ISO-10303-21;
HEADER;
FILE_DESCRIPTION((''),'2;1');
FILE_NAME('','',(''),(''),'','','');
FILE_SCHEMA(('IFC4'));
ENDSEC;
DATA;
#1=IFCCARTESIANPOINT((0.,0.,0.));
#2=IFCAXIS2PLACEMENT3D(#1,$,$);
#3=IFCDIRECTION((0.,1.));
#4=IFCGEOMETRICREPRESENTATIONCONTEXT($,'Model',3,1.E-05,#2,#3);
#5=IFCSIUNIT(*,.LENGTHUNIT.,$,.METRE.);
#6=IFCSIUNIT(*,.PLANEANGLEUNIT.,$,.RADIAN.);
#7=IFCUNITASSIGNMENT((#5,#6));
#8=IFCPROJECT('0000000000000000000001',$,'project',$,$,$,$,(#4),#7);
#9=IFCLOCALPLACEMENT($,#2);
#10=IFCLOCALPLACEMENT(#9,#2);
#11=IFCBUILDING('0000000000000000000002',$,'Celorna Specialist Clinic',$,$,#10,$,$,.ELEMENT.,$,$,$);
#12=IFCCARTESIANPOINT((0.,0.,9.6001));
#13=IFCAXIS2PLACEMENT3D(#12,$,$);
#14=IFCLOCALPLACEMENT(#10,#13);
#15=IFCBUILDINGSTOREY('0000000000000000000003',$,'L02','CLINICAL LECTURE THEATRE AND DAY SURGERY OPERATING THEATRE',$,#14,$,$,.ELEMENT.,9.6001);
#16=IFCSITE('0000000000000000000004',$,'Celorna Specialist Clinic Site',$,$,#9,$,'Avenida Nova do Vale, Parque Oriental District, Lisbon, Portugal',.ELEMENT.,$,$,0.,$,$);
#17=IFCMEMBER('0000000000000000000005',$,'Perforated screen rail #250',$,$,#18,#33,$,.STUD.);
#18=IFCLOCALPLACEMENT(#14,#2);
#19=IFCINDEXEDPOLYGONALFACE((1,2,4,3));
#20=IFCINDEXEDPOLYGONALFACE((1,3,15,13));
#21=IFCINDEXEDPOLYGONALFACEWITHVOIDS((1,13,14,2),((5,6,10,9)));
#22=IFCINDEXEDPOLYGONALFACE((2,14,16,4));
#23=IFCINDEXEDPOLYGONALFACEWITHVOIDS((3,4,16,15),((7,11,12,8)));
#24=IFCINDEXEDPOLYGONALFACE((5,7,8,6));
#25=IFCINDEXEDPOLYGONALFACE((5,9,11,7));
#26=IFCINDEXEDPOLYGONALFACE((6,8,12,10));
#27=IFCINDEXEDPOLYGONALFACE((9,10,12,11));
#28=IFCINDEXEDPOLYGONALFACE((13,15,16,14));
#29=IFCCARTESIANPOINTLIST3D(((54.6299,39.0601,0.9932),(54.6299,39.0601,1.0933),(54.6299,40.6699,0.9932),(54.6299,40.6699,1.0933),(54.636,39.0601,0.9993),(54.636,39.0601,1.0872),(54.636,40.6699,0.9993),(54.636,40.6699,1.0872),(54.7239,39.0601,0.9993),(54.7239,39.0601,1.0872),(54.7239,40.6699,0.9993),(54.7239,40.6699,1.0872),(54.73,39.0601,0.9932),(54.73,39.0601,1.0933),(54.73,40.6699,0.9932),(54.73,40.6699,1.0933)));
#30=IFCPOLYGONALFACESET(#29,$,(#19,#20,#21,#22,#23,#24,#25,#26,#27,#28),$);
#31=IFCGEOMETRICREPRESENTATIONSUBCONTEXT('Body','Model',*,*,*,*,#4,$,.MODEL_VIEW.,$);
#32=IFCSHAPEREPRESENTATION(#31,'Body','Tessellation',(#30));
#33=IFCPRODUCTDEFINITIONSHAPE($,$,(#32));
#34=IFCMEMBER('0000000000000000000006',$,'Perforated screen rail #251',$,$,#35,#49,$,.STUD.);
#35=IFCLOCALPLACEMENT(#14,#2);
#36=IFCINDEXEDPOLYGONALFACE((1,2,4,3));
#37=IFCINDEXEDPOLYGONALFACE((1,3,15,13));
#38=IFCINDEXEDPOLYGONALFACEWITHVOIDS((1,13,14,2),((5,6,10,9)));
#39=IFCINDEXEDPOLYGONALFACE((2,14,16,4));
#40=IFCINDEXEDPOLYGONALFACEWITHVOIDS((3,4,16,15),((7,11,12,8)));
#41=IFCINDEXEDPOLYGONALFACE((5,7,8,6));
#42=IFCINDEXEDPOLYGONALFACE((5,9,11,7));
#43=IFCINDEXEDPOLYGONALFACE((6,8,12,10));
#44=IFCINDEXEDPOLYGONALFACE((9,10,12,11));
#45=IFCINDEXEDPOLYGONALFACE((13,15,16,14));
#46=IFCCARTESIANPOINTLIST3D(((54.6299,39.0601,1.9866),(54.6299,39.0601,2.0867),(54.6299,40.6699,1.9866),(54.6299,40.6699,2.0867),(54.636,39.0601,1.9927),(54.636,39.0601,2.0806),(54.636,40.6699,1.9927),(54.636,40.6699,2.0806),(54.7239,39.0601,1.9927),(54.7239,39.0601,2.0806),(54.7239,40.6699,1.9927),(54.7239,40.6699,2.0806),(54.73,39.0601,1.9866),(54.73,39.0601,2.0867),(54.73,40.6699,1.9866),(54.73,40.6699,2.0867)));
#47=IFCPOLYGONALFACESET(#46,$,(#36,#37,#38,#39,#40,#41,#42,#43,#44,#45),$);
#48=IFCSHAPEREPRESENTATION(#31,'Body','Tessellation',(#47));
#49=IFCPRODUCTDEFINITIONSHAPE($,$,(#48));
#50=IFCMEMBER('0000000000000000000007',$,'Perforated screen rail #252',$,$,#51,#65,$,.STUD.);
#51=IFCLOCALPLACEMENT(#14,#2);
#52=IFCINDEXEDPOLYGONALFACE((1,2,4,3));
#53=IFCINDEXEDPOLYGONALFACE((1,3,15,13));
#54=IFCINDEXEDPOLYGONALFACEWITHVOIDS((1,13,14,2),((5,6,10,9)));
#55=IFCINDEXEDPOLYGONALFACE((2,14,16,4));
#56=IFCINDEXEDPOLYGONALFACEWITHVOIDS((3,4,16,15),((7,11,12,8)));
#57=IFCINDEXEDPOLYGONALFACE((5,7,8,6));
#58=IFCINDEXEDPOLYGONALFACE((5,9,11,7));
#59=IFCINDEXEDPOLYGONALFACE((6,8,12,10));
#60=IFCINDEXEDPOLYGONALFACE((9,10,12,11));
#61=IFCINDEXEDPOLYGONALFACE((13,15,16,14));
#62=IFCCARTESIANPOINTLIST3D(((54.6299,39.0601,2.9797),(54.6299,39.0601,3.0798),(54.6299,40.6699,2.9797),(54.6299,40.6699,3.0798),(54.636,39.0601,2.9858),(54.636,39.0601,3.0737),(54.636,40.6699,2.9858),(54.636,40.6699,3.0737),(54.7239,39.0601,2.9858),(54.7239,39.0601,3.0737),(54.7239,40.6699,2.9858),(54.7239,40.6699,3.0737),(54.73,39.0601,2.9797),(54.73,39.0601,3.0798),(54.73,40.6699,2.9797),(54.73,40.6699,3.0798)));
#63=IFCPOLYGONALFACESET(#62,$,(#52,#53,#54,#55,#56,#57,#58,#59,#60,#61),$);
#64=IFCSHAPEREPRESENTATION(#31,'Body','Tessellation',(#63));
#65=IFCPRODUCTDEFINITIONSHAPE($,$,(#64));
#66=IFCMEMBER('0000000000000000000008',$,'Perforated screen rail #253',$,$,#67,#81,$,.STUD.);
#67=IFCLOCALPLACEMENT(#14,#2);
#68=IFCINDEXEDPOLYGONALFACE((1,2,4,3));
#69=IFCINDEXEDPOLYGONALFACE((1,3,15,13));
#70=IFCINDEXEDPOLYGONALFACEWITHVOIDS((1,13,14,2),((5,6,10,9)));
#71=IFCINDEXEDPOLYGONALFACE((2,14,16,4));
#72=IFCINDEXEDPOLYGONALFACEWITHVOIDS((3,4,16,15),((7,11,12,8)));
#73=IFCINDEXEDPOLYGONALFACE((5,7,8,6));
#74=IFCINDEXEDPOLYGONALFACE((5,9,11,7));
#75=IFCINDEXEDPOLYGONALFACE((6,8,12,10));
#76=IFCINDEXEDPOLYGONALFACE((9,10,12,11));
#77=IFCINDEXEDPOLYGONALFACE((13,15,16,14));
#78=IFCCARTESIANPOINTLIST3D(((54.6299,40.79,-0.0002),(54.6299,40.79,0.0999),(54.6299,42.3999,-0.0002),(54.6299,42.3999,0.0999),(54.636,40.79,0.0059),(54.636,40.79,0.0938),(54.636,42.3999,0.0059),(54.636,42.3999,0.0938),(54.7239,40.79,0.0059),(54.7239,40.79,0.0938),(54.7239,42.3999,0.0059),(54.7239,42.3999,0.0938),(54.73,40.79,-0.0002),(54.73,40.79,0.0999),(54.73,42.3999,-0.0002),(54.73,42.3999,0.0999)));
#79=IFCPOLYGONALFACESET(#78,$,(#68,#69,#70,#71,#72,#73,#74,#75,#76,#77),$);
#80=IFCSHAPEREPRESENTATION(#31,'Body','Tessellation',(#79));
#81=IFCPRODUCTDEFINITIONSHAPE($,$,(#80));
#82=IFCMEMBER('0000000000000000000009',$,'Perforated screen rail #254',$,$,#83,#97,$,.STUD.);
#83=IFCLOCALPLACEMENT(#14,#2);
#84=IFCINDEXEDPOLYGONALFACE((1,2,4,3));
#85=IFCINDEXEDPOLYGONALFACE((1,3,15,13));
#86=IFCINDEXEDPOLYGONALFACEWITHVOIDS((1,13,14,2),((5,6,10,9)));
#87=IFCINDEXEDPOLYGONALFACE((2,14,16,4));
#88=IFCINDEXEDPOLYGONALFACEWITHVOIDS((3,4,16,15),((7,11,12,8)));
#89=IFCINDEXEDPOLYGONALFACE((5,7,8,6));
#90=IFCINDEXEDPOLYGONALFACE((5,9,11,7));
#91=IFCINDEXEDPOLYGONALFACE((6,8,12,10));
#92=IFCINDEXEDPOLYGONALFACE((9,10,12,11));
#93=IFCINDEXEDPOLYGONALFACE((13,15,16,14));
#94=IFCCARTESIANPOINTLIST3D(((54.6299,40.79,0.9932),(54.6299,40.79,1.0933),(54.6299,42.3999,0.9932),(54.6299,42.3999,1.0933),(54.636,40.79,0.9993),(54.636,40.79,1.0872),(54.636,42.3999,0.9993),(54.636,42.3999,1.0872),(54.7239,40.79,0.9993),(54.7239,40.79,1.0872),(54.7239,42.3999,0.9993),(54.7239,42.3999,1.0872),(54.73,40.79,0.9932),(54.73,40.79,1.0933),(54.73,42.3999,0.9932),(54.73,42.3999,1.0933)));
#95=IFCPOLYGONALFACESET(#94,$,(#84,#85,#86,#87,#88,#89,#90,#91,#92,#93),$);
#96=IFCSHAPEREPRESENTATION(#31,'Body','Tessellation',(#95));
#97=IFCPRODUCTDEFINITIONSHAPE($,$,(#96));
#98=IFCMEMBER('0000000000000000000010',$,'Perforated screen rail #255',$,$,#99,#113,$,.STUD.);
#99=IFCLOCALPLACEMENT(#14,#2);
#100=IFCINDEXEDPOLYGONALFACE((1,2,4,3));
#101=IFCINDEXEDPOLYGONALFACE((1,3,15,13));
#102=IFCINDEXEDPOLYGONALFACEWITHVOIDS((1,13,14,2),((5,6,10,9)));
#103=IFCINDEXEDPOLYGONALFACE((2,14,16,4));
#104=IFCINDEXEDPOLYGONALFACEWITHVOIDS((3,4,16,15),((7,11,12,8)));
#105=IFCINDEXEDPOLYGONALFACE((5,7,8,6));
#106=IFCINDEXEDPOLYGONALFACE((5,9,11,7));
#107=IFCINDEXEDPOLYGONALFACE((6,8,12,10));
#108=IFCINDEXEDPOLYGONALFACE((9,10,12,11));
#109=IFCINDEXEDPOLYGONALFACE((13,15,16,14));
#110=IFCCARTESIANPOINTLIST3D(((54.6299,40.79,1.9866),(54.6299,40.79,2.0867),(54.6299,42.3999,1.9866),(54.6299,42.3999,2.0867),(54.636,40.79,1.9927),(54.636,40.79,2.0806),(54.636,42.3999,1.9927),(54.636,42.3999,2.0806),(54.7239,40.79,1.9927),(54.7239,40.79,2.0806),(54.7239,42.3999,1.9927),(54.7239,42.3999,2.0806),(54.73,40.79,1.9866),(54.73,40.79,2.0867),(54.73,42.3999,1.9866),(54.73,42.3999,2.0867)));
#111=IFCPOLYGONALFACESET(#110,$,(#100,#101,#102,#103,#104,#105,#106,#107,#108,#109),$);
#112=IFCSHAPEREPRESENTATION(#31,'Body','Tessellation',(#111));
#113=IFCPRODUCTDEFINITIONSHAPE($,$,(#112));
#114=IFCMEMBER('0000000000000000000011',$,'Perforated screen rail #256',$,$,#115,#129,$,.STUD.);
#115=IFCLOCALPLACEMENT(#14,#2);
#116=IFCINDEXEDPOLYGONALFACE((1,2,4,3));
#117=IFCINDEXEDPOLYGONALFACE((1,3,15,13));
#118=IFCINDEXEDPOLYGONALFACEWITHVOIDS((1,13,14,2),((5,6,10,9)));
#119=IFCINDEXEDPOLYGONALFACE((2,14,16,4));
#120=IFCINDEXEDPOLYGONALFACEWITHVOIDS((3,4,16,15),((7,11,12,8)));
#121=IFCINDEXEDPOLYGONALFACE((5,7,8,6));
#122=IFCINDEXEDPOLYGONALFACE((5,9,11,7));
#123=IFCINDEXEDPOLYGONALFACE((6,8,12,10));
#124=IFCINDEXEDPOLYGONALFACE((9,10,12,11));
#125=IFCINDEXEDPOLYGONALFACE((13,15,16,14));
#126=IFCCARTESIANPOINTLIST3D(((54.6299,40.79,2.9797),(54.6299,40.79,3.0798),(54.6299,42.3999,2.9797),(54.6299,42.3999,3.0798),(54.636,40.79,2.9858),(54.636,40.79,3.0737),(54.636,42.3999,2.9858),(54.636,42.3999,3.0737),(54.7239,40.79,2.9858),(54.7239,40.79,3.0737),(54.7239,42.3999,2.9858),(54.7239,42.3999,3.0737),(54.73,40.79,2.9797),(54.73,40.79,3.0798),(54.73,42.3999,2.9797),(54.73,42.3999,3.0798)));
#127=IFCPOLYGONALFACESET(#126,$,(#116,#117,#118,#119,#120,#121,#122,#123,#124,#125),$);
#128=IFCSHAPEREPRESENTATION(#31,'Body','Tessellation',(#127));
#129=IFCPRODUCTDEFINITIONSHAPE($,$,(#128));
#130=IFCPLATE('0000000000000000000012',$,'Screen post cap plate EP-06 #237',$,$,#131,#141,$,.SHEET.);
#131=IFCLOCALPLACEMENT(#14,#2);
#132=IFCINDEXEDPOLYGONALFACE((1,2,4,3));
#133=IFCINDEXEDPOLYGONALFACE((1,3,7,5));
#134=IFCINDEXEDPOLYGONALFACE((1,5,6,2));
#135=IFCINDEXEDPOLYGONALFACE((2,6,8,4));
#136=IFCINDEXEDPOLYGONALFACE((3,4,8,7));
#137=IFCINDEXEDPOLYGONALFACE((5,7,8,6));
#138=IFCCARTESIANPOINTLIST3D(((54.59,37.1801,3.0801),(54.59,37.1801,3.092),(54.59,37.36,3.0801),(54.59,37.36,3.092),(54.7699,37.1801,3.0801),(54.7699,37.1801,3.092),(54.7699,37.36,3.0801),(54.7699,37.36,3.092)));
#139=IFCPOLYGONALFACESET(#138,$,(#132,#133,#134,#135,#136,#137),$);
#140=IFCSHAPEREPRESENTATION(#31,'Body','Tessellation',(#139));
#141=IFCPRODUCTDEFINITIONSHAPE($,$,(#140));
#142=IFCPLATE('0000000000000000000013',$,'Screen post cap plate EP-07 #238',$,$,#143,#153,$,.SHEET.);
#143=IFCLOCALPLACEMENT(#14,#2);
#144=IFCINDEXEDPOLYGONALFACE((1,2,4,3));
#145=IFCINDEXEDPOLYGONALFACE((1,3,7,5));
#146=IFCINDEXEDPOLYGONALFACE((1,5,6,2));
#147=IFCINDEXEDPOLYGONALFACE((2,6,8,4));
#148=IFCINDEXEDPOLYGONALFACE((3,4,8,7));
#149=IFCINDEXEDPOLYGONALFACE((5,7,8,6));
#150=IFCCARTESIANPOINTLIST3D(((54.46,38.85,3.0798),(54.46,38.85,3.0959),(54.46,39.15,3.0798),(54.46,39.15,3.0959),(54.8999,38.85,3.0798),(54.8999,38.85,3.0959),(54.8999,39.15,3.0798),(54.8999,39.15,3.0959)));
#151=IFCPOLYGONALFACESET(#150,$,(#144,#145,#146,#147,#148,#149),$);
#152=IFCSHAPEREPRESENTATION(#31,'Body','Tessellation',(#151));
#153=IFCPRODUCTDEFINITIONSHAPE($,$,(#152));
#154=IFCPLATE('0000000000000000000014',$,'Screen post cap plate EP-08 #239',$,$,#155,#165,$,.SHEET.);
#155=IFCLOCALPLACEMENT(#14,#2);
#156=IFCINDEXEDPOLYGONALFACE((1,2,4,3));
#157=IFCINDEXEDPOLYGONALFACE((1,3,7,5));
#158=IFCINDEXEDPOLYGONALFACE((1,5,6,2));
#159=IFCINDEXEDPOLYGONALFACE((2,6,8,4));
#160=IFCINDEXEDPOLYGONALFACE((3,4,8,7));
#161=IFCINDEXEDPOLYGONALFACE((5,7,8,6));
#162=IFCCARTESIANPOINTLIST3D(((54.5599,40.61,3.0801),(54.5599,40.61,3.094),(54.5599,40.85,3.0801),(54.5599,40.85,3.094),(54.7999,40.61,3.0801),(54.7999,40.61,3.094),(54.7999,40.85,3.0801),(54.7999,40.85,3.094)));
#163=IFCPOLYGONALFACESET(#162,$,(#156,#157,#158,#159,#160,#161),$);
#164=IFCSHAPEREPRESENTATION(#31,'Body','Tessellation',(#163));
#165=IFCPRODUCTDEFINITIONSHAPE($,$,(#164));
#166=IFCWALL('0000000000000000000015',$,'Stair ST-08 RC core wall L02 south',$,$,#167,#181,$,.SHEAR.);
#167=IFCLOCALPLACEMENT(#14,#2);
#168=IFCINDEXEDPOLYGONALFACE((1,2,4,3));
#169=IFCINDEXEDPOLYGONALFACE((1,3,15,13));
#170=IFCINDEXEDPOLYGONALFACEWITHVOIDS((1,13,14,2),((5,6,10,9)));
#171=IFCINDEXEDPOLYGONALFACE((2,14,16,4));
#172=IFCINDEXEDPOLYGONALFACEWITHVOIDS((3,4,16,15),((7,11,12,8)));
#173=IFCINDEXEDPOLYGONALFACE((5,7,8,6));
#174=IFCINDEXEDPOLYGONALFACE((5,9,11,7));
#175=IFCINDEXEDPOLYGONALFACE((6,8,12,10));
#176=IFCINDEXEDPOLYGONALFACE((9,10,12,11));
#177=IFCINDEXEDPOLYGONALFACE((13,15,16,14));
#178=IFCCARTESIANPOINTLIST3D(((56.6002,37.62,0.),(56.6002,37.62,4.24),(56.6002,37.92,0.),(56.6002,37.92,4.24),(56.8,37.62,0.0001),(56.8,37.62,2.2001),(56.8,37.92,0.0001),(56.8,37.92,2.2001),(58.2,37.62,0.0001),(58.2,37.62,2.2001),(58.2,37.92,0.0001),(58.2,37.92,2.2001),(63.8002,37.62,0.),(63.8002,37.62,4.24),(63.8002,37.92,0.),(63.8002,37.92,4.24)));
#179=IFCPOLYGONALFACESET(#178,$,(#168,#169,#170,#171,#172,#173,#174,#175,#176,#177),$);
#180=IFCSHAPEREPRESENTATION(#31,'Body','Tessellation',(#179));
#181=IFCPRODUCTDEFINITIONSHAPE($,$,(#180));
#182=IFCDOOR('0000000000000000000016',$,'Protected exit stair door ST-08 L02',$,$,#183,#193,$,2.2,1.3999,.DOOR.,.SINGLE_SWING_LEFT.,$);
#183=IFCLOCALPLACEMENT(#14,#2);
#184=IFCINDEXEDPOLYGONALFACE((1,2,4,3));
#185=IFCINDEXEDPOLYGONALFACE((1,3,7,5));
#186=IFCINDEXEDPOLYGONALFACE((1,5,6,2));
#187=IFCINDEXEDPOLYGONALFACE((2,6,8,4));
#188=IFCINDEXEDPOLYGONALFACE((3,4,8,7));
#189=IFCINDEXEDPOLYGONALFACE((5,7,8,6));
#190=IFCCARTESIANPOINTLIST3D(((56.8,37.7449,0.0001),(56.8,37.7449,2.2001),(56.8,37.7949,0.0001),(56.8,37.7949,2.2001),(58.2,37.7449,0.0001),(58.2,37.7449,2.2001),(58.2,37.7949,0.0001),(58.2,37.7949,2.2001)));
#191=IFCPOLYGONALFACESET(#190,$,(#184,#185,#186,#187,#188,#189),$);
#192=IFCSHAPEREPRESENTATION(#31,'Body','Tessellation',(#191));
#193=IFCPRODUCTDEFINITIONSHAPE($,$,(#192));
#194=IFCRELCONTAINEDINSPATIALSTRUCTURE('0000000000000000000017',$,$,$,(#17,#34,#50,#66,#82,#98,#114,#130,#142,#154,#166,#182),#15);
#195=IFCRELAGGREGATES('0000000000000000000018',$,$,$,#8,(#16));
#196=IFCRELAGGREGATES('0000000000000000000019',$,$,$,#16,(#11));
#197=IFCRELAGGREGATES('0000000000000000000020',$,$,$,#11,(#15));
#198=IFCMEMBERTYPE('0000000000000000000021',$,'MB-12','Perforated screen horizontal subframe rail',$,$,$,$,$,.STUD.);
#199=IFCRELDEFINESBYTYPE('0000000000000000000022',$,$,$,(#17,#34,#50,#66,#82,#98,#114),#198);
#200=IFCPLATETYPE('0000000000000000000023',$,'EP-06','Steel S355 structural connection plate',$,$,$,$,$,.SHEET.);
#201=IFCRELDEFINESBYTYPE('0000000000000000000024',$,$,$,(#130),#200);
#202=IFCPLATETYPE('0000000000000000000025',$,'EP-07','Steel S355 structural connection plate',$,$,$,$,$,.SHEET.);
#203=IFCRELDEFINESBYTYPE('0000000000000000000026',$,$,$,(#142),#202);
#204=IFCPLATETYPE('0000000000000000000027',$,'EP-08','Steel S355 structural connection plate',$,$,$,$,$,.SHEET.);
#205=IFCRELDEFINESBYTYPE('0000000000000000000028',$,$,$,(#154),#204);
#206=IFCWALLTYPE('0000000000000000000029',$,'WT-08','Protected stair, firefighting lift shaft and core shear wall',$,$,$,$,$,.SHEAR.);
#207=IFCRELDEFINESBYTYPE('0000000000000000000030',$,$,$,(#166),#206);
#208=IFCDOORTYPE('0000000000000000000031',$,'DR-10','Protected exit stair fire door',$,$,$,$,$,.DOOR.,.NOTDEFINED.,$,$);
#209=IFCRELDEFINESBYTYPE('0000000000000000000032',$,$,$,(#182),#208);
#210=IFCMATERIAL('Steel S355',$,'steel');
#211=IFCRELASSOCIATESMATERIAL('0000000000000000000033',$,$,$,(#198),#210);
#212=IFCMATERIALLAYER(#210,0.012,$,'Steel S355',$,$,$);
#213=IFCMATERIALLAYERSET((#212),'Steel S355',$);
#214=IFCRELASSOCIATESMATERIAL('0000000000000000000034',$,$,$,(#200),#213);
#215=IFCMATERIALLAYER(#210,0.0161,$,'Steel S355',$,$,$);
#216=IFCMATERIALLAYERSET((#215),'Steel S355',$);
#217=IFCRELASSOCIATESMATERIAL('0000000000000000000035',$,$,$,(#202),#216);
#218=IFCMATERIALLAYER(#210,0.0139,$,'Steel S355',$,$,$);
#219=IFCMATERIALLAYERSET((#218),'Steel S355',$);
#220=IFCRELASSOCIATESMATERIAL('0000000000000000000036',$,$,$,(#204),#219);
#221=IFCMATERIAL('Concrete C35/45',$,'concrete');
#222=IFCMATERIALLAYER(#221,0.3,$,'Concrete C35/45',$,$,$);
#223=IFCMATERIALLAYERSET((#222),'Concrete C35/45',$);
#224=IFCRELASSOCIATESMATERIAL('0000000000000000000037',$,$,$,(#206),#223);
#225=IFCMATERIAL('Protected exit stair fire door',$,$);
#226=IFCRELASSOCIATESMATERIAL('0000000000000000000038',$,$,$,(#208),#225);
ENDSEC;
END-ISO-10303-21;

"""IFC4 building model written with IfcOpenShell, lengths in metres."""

from ifc_helpers import new_model, si_unit, direction, frame, frame_2d, origin, origin_2d, place, context, subcontext, project, spatial, rectangle, hollow_rectangle, extrude, material, layer, layer_set, material_profile, profile_set, type_object, element, fill, save


model = new_model("IFC4")

# Units and contexts
model_context = context("Model", 3, precision=1e-05, world=origin(), true_north=direction((0.0, 1.0)))
body_context = subcontext(model_context, "Body", "Model", "MODEL_VIEW")
ifc_project = project(units=[si_unit("LENGTHUNIT", "METRE"), si_unit("PLANEANGLEUNIT", "RADIAN")], contexts=[model_context])

# Site, building, storey
site_placement = place(None, origin())
site = spatial("IfcSite", under=ifc_project, at=site_placement, Name="Celorna Specialist Clinic Site", LongName="Avenida Nova do Vale, Parque Oriental District, Lisbon, Portugal", CompositionType="ELEMENT", RefElevation=0.0)
building_placement = place(site_placement, origin())
building = spatial("IfcBuilding", under=site, at=building_placement, Name="Celorna Specialist Clinic", CompositionType="ELEMENT")
storey_placement = place(building_placement, frame((0.0, 0.0, 9.6001)))
storey = spatial("IfcBuildingStorey", under=building, at=storey_placement, Name="L02", Description="CLINICAL LECTURE THEATRE AND DAY SURGERY OPERATING THEATRE", CompositionType="ELEMENT", Elevation=9.6001)

# Shared definitions
ifc_material_1 = material(Name="Concrete C35/45", Category="concrete")

# Members
ifc_material_2 = material(Name="Steel S355", Category="steel")
ifc_material_profile_1 = material_profile(ifc_material_2, hollow_rectangle(XDim=0.1001, YDim=0.1001, WallThickness=0.0061, at=origin_2d()), Name="SHS 100x100x6")
ifc_profile_set_1 = profile_set([ifc_material_profile_1], Name="Steel S355")
member_type_1 = type_object("IfcMemberType", Name="MB-12", Description="Perforated screen horizontal subframe rail", PredefinedType="STUD", material=ifc_profile_set_1)
for number, where, z_axis, x_axis, name in (
    (1, (54.6799, 39.0601, 1.0432), (0.0, 1.0, 0.0), (-1.0, 0.0, 0.0), "Perforated screen rail #250"),
    (2, (54.6799, 39.0601, 2.0366), (0.0, 1.0, 0.0), (-1.0, 0.0, 0.0), "Perforated screen rail #251"),
    (3, (54.6799, 39.0601, 3.0298), (0.0, 1.0, 0.0), (-1.0, 0.0, 0.0), "Perforated screen rail #252"),
    (4, (54.6799, 40.79, 0.0498), (0.0, 1.0, 0.0), (-1.0, 0.0, 0.0), "Perforated screen rail #253"),
    (5, (54.6799, 40.79, 1.0432), (0.0, 1.0, 0.0), (-1.0, 0.0, 0.0), "Perforated screen rail #254"),
    (6, (54.6799, 40.79, 2.0366), (0.0, 1.0, 0.0), (-1.0, 0.0, 0.0), "Perforated screen rail #255"),
    (7, (54.6799, 40.79, 3.0298), (0.0, 1.0, 0.0), (-1.0, 0.0, 0.0), "Perforated screen rail #256"),
):
    element("IfcMember", number, at=place(storey_placement, frame(where, z_axis=z_axis, x_axis=x_axis)), inside=storey, type_object=member_type_1, Name=name, PredefinedType="STUD", context=body_context, shape_type="SweptSolid", body=[
        extrude(hollow_rectangle(XDim=0.1001, YDim=0.1001, WallThickness=0.0061, at=origin_2d()), origin(), (0.0, 0.0, 1.0), 1.6099),
    ])

# Plates
ifc_layer_1 = layer(ifc_material_2, 0.012, Name="Steel S355")
ifc_layer_set_1 = layer_set([ifc_layer_1], Name="Steel S355")
plate_type_1 = type_object("IfcPlateType", Name="EP-06", Description="Steel S355 structural connection plate", PredefinedType="SHEET", material=ifc_layer_set_1)
plate_1_placement = place(storey_placement, frame((54.6799, 37.27, 3.0801), z_axis=(0.0, 0.0, 1.0), x_axis=(0.0, 1.0, 0.0)))
element("IfcPlate", 8, at=plate_1_placement, inside=storey, type_object=plate_type_1, Name="Screen post cap plate EP-06 #237", PredefinedType="SHEET", context=body_context, shape_type="SweptSolid", body=[
    extrude(rectangle(XDim=0.1799, YDim=0.1799, at=origin_2d()), origin(), (0.0, 0.0, 1.0), 0.012),
])
ifc_layer_2 = layer(ifc_material_2, 0.0161, Name="Steel S355")
ifc_layer_set_2 = layer_set([ifc_layer_2], Name="Steel S355")
plate_type_2 = type_object("IfcPlateType", Name="EP-07", Description="Steel S355 structural connection plate", PredefinedType="SHEET", material=ifc_layer_set_2)
plate_2_placement = place(storey_placement, frame((54.6799, 39.0, 3.0798), z_axis=(0.0, 0.0, 1.0), x_axis=(0.0, 1.0, 0.0)))
element("IfcPlate", 9, at=plate_2_placement, inside=storey, type_object=plate_type_2, Name="Screen post cap plate EP-07 #238", PredefinedType="SHEET", context=body_context, shape_type="SweptSolid", body=[
    extrude(rectangle(XDim=0.3, YDim=0.4399, at=origin_2d()), origin(), (0.0, 0.0, 1.0), 0.0161),
])
ifc_layer_3 = layer(ifc_material_2, 0.0139, Name="Steel S355")
ifc_layer_set_3 = layer_set([ifc_layer_3], Name="Steel S355")
plate_type_3 = type_object("IfcPlateType", Name="EP-08", Description="Steel S355 structural connection plate", PredefinedType="SHEET", material=ifc_layer_set_3)
plate_3_placement = place(storey_placement, frame((54.6799, 40.73, 3.0801), z_axis=(0.0, 0.0, 1.0), x_axis=(0.0, 1.0, 0.0)))
element("IfcPlate", 10, at=plate_3_placement, inside=storey, type_object=plate_type_3, Name="Screen post cap plate EP-08 #239", PredefinedType="SHEET", context=body_context, shape_type="SweptSolid", body=[
    extrude(rectangle(XDim=0.24, YDim=0.24, at=origin_2d()), origin(), (0.0, 0.0, 1.0), 0.0139),
])

# Wall, opening, door
ifc_layer_4 = layer(ifc_material_1, 0.3, Name="Concrete C35/45")
ifc_layer_set_4 = layer_set([ifc_layer_4], Name="Concrete C35/45")
wall_type = type_object("IfcWallType", Name="WT-08", Description="Protected stair, firefighting lift shaft and core shear wall", PredefinedType="SHEAR", material=ifc_layer_set_4)
wall_placement = place(storey_placement, frame((56.6001, 37.77, 0.0), z_axis=(0.0, 0.0, 1.0), x_axis=(1.0, 0.0, 0.0)))
wall = element("IfcWall", 11, at=wall_placement, inside=storey, type_object=wall_type, Name="Stair ST-08 RC core wall L02 south", PredefinedType="SHEAR", context=body_context, shape_type="SweptSolid", body=[
    extrude(rectangle(XDim=7.2, YDim=0.3, at=frame_2d((3.6001, 0.0))), origin(), (0.0, 0.0, 1.0), 4.24),
])
opening_placement = place(wall_placement, frame((0.2, 0.0, 0.0)))
opening = element("IfcOpeningElement", 12, at=opening_placement, cuts=wall, PredefinedType="OPENING", context=body_context, shape_type="SweptSolid", body=[
    extrude(rectangle(XDim=1.3999, YDim=2.2, at=frame_2d((0.7, 1.1001))), frame((0.0, 0.1599, 0.0), z_axis=(0.0, -1.0, 0.0), x_axis=(1.0, 0.0, 0.0)), (0.0, 0.0, 1.0), 0.3201),
])
ifc_material_3 = material(Name="Protected exit stair fire door")
door_type = type_object("IfcDoorType", Name="DR-10", Description="Protected exit stair fire door", OperationType="NOTDEFINED", PredefinedType="DOOR", material=ifc_material_3)
door_placement = place(opening_placement, origin())
door = element("IfcDoor", 13, at=door_placement, inside=storey, type_object=door_type, Name="Protected exit stair door ST-08 L02", OperationType="SINGLE_SWING_LEFT", OverallHeight=2.2, OverallWidth=1.3999, PredefinedType="DOOR", context=body_context, shape_type="SweptSolid", body=[
    extrude(rectangle(XDim=1.3999, YDim=2.2, at=frame_2d((0.7, 1.1001))), frame((0.0, 0.0249, 0.0), z_axis=(0.0, -1.0, 0.0), x_axis=(1.0, 0.0, 0.0)), (0.0, 0.0, 1.0), 0.05),
])
fill(opening, door)

save(model, "model.ifc")
